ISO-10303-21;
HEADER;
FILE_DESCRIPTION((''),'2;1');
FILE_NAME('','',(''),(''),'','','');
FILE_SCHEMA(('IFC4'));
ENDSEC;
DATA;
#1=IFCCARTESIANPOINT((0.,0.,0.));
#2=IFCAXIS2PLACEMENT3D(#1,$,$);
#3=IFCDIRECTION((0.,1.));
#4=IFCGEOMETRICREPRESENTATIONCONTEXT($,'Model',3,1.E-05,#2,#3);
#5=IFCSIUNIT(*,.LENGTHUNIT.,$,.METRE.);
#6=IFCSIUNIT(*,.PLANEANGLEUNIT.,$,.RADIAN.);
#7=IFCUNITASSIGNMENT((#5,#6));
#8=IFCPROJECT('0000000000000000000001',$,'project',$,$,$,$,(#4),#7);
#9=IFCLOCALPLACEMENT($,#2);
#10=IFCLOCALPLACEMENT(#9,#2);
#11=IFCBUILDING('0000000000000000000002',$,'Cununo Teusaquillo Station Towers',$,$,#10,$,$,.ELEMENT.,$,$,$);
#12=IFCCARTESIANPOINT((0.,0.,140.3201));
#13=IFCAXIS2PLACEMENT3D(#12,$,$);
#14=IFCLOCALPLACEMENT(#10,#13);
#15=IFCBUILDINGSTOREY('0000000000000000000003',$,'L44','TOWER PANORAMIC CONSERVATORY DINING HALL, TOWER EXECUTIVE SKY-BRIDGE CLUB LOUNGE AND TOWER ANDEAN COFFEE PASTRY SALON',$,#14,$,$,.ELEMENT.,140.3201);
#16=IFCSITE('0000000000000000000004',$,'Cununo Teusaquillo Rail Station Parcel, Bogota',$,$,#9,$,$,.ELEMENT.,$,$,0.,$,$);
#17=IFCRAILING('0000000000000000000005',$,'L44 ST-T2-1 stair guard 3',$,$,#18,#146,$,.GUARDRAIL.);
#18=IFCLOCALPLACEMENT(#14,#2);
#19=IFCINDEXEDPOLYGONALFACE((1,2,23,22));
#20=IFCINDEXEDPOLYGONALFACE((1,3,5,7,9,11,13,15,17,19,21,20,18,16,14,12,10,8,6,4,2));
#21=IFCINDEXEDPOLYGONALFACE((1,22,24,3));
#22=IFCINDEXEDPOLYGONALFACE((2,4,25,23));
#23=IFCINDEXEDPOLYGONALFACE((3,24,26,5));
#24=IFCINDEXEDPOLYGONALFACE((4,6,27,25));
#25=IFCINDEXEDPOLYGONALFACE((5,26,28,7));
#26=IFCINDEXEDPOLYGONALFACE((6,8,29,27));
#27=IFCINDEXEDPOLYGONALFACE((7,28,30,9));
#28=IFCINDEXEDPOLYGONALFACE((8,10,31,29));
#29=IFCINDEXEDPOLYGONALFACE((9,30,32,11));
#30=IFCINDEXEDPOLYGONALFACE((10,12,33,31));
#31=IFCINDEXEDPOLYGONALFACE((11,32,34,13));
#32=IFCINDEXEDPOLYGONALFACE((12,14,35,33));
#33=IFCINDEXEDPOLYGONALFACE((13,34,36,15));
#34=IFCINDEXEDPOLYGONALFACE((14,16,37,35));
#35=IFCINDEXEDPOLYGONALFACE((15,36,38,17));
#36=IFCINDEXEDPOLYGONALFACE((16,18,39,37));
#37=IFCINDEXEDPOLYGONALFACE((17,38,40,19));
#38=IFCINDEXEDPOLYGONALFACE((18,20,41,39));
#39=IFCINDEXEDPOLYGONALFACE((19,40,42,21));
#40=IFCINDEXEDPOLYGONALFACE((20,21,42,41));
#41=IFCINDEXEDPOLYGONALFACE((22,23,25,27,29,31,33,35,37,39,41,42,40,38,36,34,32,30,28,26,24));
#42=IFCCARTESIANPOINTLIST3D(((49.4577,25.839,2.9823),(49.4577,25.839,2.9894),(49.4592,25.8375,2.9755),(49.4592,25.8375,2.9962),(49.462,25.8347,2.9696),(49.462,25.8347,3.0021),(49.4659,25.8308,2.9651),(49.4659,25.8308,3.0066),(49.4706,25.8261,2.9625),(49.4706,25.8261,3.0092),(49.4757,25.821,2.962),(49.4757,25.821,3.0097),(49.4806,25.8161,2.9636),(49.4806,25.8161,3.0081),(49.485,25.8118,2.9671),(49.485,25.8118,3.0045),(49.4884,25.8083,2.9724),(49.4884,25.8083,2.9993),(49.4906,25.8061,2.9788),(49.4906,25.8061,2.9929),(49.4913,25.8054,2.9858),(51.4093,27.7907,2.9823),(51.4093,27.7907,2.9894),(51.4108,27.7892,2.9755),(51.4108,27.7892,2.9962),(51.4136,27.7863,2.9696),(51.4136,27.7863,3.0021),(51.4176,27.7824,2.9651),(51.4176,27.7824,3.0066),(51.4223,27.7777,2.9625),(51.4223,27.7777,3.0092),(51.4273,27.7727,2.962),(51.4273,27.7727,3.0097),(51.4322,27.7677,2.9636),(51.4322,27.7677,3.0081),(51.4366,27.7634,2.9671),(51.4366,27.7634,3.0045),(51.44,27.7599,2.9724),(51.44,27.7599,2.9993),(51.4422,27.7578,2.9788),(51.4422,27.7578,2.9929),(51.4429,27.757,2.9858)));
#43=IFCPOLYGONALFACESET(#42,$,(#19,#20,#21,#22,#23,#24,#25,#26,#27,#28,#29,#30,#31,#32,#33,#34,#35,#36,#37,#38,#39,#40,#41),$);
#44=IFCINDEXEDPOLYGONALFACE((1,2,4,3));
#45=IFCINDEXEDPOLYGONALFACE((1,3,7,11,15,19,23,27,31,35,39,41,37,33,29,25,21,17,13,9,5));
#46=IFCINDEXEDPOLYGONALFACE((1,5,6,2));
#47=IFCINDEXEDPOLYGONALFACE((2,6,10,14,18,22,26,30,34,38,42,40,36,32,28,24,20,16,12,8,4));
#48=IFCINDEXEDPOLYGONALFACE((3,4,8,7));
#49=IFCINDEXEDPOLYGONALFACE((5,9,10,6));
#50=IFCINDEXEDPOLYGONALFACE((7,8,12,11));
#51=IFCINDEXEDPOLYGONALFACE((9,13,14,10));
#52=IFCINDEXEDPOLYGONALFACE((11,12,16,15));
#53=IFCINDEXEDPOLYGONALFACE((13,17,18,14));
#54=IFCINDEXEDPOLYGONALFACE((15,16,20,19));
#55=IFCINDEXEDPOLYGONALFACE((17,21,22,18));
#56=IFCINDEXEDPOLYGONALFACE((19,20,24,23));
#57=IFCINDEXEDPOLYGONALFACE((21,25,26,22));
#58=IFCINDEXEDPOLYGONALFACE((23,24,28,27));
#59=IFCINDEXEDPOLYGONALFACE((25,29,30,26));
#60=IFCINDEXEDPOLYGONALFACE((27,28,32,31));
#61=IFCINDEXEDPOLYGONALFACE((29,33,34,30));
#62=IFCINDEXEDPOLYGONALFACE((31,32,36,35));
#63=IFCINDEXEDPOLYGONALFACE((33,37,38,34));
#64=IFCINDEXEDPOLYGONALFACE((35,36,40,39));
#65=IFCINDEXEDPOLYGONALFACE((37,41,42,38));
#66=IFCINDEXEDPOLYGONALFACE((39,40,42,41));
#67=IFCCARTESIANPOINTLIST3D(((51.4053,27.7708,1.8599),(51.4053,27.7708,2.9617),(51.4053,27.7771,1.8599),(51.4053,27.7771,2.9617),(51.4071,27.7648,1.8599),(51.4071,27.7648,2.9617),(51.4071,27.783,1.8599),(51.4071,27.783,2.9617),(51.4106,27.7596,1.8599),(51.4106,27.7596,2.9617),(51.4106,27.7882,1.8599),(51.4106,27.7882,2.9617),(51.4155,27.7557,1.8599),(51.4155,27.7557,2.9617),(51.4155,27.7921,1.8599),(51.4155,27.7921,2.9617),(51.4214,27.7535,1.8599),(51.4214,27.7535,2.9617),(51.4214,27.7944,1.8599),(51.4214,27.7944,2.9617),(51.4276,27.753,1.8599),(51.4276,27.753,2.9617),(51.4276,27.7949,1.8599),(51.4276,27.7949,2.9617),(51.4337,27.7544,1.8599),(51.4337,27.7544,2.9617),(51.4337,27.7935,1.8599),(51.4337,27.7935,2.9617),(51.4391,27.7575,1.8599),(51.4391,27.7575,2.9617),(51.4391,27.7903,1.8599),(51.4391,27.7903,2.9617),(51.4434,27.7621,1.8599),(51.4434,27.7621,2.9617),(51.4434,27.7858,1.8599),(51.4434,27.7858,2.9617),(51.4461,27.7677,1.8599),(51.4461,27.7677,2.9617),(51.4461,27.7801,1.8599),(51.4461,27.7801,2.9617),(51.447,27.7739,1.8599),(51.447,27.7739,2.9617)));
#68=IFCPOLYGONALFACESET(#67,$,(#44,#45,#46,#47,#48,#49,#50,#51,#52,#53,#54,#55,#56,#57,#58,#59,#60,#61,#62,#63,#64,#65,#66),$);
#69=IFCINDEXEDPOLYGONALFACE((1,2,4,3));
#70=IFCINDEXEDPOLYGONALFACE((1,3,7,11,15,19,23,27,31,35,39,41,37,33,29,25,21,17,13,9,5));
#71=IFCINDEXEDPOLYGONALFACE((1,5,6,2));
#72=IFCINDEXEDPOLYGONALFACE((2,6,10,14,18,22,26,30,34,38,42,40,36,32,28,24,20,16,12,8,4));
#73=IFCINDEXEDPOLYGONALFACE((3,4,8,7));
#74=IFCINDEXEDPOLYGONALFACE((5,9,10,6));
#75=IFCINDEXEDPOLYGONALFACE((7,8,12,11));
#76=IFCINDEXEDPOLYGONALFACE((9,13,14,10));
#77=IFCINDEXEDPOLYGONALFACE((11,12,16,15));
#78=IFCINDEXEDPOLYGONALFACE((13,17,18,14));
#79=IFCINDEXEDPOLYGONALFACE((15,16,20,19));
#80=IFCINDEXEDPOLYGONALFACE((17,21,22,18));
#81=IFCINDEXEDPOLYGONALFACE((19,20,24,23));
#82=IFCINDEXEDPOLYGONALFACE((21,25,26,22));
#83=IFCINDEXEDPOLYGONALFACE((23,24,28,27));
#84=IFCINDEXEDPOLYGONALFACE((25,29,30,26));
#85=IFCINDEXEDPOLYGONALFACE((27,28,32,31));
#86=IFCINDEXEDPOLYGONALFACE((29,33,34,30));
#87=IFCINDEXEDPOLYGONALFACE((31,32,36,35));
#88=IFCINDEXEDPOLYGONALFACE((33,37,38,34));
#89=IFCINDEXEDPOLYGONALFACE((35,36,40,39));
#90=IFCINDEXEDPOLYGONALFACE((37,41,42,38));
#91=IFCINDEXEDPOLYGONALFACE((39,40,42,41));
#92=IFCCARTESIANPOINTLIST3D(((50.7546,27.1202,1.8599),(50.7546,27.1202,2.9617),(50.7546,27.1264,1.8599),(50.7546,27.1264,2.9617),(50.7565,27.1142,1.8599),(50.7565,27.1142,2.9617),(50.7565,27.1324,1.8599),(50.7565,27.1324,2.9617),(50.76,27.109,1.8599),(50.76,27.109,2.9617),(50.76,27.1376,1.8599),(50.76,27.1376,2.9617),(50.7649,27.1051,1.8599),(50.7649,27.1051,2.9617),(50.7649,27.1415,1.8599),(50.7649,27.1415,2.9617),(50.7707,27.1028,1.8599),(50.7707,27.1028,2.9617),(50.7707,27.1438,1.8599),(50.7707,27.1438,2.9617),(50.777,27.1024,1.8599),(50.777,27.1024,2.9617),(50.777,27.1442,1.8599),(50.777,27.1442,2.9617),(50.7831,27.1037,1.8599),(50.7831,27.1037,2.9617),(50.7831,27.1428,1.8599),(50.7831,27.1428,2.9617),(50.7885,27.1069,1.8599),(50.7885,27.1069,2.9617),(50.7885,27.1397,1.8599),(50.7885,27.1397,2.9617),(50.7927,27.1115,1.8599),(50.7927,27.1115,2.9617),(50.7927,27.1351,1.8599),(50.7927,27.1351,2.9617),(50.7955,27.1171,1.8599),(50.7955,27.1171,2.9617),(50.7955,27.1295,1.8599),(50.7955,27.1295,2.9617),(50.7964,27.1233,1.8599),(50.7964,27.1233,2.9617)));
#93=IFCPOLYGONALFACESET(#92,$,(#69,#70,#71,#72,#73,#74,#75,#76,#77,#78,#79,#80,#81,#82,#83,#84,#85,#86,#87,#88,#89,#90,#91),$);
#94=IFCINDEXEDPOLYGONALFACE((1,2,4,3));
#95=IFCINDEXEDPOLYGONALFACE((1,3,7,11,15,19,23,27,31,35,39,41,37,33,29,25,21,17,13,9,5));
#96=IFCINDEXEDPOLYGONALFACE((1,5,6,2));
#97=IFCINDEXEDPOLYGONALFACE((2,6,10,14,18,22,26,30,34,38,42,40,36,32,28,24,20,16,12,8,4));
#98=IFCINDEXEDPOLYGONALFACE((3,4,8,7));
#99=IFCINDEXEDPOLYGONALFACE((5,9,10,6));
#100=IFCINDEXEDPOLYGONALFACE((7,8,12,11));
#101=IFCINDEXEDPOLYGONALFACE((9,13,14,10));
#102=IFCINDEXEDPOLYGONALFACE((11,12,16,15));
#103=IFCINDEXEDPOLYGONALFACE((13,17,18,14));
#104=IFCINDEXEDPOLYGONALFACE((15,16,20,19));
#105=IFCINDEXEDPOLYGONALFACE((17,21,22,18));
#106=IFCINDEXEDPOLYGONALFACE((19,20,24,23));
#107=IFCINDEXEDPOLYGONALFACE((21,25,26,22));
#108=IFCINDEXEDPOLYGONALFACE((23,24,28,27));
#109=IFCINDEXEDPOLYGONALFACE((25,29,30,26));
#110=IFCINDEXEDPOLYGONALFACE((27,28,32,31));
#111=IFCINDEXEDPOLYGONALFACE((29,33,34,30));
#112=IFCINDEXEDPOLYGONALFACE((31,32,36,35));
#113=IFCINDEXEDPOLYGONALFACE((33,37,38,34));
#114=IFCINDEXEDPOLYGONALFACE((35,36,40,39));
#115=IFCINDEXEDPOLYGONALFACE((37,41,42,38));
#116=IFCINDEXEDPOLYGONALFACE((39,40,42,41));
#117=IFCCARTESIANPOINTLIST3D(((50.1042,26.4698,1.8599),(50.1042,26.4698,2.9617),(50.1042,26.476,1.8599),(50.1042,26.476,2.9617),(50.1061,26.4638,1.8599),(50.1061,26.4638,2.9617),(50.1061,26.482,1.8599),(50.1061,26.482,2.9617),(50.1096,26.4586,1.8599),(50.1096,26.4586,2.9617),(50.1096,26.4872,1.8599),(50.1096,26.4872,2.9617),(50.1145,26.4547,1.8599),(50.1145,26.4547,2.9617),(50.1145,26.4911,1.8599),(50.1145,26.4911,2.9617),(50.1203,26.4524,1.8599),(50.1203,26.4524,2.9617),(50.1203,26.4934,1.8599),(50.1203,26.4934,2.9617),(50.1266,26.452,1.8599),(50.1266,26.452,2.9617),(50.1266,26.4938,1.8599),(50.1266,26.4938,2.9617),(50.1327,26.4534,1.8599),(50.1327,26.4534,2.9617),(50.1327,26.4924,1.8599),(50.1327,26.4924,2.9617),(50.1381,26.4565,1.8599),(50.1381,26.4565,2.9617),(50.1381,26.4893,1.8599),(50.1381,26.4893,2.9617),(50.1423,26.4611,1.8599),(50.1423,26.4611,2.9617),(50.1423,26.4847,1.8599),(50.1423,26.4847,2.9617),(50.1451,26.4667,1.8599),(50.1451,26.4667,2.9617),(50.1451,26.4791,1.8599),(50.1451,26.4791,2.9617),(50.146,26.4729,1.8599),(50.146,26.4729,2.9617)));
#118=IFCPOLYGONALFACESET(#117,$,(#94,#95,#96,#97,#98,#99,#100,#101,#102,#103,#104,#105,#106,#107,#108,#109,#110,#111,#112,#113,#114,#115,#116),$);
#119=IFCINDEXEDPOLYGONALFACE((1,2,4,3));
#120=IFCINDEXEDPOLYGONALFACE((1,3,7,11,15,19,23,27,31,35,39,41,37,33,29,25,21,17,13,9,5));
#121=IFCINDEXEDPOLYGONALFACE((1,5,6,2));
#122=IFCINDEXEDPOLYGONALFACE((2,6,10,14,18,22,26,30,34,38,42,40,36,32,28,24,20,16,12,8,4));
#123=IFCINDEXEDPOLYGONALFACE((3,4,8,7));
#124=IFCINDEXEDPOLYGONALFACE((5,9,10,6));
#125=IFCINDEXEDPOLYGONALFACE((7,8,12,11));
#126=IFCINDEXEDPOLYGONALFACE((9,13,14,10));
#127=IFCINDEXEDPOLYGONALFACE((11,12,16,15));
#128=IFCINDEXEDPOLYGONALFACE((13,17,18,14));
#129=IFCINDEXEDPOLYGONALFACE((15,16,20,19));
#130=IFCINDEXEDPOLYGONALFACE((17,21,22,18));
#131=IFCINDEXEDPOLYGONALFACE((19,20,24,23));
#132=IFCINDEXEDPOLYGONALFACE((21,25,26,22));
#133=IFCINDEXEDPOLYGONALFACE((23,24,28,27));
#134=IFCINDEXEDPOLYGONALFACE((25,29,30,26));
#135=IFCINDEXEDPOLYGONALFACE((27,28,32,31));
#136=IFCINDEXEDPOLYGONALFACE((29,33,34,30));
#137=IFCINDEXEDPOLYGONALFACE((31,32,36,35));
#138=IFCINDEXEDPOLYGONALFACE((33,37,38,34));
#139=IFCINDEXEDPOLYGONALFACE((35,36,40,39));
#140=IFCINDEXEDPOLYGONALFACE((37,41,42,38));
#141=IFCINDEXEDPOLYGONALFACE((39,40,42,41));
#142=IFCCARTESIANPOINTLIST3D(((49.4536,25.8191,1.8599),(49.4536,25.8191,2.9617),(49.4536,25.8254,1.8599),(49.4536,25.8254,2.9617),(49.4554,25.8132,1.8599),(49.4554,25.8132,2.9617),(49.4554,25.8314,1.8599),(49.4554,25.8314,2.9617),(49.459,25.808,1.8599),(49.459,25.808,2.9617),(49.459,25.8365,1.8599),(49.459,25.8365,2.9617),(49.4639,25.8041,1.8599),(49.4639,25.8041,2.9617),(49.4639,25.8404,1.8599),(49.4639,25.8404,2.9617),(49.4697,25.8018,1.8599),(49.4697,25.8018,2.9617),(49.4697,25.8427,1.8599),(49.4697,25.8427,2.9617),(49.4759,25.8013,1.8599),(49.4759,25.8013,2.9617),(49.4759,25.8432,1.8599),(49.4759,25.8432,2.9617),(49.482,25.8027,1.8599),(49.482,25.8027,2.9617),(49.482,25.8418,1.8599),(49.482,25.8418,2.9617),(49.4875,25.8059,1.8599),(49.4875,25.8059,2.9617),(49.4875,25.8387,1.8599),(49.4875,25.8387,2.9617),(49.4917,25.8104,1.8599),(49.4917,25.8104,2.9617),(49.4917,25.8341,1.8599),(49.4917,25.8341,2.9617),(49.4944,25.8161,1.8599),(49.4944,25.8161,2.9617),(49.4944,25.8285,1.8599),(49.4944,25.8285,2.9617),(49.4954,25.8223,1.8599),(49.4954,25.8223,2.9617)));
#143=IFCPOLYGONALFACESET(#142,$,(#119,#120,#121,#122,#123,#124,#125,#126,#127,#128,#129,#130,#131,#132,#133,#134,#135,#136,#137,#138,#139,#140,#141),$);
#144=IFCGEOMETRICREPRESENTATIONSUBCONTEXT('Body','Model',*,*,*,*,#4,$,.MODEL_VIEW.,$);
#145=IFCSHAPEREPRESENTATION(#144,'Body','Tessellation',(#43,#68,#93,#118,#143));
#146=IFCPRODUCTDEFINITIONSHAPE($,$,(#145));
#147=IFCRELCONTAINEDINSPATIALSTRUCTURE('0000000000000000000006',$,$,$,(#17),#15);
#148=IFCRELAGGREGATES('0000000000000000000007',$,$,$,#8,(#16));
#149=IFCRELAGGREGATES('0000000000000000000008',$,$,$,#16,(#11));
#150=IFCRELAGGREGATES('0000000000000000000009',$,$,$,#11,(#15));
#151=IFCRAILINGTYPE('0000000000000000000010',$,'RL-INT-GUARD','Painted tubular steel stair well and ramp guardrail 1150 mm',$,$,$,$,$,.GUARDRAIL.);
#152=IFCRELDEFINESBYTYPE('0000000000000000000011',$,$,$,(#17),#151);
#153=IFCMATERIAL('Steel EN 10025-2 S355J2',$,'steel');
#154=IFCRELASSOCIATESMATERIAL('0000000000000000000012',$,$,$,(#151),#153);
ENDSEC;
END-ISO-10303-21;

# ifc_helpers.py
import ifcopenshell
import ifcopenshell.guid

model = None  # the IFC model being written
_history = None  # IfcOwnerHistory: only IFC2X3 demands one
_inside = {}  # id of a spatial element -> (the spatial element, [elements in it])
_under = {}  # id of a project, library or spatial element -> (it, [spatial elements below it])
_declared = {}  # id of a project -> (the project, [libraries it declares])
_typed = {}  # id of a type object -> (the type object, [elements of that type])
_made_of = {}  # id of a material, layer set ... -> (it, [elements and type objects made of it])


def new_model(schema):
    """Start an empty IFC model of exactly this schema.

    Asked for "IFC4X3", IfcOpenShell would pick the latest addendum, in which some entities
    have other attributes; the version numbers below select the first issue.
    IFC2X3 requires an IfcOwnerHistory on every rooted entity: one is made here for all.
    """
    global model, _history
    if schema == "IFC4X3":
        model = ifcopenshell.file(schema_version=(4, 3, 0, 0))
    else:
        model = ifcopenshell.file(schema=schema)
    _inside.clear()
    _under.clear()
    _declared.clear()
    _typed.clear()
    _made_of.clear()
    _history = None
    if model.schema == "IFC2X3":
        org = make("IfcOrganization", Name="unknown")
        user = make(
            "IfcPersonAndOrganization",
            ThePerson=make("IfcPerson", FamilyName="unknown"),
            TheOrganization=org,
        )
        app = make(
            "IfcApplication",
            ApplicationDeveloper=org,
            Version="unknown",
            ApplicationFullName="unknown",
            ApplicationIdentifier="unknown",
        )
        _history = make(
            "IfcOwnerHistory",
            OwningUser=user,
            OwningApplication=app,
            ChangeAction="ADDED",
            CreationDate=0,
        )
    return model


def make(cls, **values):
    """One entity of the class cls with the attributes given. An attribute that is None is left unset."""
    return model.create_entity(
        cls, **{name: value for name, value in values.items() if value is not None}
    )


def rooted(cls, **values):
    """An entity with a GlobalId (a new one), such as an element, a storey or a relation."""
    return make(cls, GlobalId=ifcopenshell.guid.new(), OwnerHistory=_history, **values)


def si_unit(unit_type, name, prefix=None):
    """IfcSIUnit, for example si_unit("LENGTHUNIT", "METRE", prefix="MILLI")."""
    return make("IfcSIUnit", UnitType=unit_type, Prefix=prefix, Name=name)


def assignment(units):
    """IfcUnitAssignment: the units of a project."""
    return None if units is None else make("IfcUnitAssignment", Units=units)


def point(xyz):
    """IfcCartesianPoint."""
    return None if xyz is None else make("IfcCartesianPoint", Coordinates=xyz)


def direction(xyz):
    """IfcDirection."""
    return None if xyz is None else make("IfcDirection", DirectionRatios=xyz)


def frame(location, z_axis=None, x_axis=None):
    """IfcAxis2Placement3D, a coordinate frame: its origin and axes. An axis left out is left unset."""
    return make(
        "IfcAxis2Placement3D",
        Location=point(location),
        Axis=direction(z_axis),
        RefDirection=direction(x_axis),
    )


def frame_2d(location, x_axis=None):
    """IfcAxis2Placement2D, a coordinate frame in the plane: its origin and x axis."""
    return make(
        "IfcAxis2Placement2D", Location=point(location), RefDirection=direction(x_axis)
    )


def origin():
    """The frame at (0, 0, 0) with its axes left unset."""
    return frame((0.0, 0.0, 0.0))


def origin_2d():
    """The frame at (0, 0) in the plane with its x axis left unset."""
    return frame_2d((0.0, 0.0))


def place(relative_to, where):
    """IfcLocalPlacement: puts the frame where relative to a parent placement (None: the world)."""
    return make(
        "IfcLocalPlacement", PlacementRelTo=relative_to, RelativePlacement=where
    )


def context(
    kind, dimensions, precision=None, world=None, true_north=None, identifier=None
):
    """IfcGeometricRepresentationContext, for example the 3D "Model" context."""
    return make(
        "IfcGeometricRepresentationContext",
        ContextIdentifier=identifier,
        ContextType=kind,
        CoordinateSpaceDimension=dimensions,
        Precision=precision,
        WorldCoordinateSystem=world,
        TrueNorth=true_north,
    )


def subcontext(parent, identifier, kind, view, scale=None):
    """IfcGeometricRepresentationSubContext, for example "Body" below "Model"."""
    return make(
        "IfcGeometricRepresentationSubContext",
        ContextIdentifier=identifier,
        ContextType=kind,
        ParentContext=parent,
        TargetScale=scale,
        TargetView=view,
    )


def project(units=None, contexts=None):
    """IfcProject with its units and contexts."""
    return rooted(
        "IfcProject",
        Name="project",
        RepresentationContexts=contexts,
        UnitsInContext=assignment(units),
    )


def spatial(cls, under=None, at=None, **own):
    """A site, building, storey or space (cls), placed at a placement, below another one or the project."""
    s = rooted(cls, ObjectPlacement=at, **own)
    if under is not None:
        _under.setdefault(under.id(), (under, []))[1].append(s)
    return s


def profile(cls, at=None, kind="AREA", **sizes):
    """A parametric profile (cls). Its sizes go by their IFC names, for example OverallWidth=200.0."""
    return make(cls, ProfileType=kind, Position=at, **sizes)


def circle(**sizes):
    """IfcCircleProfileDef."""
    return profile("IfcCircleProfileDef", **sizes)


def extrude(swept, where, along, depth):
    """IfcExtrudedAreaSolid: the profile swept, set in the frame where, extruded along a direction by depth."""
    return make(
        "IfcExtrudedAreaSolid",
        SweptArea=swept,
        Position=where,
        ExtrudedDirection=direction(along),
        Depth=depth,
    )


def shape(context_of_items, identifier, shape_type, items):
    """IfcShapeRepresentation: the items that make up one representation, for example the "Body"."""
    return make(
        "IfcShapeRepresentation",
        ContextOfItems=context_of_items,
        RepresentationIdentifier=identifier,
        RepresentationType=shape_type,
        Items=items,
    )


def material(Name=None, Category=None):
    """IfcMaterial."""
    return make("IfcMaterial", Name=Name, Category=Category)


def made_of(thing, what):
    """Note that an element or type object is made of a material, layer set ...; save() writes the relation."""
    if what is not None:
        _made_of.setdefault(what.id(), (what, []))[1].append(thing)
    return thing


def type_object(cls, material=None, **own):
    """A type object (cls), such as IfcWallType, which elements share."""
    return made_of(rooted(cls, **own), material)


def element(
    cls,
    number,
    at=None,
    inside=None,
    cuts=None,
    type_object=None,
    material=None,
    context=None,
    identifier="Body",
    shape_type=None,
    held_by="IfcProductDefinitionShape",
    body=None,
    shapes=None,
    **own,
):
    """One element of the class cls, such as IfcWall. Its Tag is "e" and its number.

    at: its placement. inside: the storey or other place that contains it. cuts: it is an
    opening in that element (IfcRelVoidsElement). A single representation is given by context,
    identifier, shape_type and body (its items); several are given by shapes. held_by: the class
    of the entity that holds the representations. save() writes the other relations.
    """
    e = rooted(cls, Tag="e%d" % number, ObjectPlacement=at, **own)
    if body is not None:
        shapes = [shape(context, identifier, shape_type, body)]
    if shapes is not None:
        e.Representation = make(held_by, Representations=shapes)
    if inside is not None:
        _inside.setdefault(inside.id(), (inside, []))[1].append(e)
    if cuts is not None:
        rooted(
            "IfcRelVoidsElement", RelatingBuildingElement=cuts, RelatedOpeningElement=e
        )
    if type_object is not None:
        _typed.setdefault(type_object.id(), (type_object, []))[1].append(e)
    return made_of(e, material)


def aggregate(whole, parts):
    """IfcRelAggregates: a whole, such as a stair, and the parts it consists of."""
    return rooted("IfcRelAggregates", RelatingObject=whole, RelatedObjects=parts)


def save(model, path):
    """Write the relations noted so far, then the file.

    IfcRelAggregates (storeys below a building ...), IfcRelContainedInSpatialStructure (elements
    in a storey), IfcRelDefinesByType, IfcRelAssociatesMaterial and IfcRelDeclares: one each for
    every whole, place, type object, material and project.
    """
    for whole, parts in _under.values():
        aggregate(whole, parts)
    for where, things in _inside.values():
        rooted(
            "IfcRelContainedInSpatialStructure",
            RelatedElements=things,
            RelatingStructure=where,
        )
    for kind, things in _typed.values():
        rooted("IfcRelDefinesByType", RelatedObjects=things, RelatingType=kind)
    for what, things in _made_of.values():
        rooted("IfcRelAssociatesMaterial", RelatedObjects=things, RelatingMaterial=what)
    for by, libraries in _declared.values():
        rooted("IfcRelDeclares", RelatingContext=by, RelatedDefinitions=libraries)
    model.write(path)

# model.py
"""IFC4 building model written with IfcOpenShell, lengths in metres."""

from ifc_helpers import new_model, si_unit, direction, frame, origin, origin_2d, place, context, subcontext, project, spatial, circle, extrude, material, type_object, element, save


model = new_model("IFC4")

# Units and contexts
model_context = context("Model", 3, precision=1e-05, world=origin(), true_north=direction((0.0, 1.0)))
body_context = subcontext(model_context, "Body", "Model", "MODEL_VIEW")
ifc_project = project(units=[si_unit("LENGTHUNIT", "METRE"), si_unit("PLANEANGLEUNIT", "RADIAN")], contexts=[model_context])

# Site, building, storey
site_placement = place(None, origin())
site = spatial("IfcSite", under=ifc_project, at=site_placement, Name="Cununo Teusaquillo Rail Station Parcel, Bogota", CompositionType="ELEMENT", RefElevation=0.0)
building_placement = place(site_placement, origin())
building = spatial("IfcBuilding", under=site, at=building_placement, Name="Cununo Teusaquillo Station Towers", CompositionType="ELEMENT")
storey_placement = place(building_placement, frame((0.0, 0.0, 140.3201)))
storey = spatial("IfcBuildingStorey", under=building, at=storey_placement, Name="L44", Description="TOWER PANORAMIC CONSERVATORY DINING HALL, TOWER EXECUTIVE SKY-BRIDGE CLUB LOUNGE AND TOWER ANDEAN COFFEE PASTRY SALON", CompositionType="ELEMENT", Elevation=140.3201)

# Railing
ifc_material_1 = material(Name="Steel EN 10025-2 S355J2", Category="steel")
railing_type = type_object("IfcRailingType", Name="RL-INT-GUARD", Description="Painted tubular steel stair well and ramp guardrail 1150 mm", PredefinedType="GUARDRAIL", material=ifc_material_1)
railing_1_placement = place(storey_placement, frame((51.426, 27.7739, 1.8599)))
element("IfcRailing", 1, at=railing_1_placement, inside=storey, type_object=railing_type, Name="L44 ST-T2-1 stair guard 3", PredefinedType="GUARDRAIL", context=body_context, shape_type="SweptSolid", body=[
    extrude(circle(Radius=0.0239, at=origin_2d()), frame((0.0, 0.0, 1.126), z_axis=(-0.707107, -0.707107, 0.0), x_axis=(0.707107, -0.707107, 0.0)), (0.0, 0.0, 1.0), 2.76),
    extrude(circle(Radius=0.021, at=origin_2d()), origin(), (0.0, 0.0, 1.0), 1.1018),
    extrude(circle(Radius=0.021, at=origin_2d()), frame((-0.6506, -0.6506, 0.0)), (0.0, 0.0, 1.0), 1.1018),
    extrude(circle(Radius=0.021, at=origin_2d()), frame((-1.301, -1.301, 0.0)), (0.0, 0.0, 1.0), 1.1018),
    extrude(circle(Radius=0.021, at=origin_2d()), frame((-1.9517, -1.9517, 0.0)), (0.0, 0.0, 1.0), 1.1018),
])

save(model, "model.ifc")
